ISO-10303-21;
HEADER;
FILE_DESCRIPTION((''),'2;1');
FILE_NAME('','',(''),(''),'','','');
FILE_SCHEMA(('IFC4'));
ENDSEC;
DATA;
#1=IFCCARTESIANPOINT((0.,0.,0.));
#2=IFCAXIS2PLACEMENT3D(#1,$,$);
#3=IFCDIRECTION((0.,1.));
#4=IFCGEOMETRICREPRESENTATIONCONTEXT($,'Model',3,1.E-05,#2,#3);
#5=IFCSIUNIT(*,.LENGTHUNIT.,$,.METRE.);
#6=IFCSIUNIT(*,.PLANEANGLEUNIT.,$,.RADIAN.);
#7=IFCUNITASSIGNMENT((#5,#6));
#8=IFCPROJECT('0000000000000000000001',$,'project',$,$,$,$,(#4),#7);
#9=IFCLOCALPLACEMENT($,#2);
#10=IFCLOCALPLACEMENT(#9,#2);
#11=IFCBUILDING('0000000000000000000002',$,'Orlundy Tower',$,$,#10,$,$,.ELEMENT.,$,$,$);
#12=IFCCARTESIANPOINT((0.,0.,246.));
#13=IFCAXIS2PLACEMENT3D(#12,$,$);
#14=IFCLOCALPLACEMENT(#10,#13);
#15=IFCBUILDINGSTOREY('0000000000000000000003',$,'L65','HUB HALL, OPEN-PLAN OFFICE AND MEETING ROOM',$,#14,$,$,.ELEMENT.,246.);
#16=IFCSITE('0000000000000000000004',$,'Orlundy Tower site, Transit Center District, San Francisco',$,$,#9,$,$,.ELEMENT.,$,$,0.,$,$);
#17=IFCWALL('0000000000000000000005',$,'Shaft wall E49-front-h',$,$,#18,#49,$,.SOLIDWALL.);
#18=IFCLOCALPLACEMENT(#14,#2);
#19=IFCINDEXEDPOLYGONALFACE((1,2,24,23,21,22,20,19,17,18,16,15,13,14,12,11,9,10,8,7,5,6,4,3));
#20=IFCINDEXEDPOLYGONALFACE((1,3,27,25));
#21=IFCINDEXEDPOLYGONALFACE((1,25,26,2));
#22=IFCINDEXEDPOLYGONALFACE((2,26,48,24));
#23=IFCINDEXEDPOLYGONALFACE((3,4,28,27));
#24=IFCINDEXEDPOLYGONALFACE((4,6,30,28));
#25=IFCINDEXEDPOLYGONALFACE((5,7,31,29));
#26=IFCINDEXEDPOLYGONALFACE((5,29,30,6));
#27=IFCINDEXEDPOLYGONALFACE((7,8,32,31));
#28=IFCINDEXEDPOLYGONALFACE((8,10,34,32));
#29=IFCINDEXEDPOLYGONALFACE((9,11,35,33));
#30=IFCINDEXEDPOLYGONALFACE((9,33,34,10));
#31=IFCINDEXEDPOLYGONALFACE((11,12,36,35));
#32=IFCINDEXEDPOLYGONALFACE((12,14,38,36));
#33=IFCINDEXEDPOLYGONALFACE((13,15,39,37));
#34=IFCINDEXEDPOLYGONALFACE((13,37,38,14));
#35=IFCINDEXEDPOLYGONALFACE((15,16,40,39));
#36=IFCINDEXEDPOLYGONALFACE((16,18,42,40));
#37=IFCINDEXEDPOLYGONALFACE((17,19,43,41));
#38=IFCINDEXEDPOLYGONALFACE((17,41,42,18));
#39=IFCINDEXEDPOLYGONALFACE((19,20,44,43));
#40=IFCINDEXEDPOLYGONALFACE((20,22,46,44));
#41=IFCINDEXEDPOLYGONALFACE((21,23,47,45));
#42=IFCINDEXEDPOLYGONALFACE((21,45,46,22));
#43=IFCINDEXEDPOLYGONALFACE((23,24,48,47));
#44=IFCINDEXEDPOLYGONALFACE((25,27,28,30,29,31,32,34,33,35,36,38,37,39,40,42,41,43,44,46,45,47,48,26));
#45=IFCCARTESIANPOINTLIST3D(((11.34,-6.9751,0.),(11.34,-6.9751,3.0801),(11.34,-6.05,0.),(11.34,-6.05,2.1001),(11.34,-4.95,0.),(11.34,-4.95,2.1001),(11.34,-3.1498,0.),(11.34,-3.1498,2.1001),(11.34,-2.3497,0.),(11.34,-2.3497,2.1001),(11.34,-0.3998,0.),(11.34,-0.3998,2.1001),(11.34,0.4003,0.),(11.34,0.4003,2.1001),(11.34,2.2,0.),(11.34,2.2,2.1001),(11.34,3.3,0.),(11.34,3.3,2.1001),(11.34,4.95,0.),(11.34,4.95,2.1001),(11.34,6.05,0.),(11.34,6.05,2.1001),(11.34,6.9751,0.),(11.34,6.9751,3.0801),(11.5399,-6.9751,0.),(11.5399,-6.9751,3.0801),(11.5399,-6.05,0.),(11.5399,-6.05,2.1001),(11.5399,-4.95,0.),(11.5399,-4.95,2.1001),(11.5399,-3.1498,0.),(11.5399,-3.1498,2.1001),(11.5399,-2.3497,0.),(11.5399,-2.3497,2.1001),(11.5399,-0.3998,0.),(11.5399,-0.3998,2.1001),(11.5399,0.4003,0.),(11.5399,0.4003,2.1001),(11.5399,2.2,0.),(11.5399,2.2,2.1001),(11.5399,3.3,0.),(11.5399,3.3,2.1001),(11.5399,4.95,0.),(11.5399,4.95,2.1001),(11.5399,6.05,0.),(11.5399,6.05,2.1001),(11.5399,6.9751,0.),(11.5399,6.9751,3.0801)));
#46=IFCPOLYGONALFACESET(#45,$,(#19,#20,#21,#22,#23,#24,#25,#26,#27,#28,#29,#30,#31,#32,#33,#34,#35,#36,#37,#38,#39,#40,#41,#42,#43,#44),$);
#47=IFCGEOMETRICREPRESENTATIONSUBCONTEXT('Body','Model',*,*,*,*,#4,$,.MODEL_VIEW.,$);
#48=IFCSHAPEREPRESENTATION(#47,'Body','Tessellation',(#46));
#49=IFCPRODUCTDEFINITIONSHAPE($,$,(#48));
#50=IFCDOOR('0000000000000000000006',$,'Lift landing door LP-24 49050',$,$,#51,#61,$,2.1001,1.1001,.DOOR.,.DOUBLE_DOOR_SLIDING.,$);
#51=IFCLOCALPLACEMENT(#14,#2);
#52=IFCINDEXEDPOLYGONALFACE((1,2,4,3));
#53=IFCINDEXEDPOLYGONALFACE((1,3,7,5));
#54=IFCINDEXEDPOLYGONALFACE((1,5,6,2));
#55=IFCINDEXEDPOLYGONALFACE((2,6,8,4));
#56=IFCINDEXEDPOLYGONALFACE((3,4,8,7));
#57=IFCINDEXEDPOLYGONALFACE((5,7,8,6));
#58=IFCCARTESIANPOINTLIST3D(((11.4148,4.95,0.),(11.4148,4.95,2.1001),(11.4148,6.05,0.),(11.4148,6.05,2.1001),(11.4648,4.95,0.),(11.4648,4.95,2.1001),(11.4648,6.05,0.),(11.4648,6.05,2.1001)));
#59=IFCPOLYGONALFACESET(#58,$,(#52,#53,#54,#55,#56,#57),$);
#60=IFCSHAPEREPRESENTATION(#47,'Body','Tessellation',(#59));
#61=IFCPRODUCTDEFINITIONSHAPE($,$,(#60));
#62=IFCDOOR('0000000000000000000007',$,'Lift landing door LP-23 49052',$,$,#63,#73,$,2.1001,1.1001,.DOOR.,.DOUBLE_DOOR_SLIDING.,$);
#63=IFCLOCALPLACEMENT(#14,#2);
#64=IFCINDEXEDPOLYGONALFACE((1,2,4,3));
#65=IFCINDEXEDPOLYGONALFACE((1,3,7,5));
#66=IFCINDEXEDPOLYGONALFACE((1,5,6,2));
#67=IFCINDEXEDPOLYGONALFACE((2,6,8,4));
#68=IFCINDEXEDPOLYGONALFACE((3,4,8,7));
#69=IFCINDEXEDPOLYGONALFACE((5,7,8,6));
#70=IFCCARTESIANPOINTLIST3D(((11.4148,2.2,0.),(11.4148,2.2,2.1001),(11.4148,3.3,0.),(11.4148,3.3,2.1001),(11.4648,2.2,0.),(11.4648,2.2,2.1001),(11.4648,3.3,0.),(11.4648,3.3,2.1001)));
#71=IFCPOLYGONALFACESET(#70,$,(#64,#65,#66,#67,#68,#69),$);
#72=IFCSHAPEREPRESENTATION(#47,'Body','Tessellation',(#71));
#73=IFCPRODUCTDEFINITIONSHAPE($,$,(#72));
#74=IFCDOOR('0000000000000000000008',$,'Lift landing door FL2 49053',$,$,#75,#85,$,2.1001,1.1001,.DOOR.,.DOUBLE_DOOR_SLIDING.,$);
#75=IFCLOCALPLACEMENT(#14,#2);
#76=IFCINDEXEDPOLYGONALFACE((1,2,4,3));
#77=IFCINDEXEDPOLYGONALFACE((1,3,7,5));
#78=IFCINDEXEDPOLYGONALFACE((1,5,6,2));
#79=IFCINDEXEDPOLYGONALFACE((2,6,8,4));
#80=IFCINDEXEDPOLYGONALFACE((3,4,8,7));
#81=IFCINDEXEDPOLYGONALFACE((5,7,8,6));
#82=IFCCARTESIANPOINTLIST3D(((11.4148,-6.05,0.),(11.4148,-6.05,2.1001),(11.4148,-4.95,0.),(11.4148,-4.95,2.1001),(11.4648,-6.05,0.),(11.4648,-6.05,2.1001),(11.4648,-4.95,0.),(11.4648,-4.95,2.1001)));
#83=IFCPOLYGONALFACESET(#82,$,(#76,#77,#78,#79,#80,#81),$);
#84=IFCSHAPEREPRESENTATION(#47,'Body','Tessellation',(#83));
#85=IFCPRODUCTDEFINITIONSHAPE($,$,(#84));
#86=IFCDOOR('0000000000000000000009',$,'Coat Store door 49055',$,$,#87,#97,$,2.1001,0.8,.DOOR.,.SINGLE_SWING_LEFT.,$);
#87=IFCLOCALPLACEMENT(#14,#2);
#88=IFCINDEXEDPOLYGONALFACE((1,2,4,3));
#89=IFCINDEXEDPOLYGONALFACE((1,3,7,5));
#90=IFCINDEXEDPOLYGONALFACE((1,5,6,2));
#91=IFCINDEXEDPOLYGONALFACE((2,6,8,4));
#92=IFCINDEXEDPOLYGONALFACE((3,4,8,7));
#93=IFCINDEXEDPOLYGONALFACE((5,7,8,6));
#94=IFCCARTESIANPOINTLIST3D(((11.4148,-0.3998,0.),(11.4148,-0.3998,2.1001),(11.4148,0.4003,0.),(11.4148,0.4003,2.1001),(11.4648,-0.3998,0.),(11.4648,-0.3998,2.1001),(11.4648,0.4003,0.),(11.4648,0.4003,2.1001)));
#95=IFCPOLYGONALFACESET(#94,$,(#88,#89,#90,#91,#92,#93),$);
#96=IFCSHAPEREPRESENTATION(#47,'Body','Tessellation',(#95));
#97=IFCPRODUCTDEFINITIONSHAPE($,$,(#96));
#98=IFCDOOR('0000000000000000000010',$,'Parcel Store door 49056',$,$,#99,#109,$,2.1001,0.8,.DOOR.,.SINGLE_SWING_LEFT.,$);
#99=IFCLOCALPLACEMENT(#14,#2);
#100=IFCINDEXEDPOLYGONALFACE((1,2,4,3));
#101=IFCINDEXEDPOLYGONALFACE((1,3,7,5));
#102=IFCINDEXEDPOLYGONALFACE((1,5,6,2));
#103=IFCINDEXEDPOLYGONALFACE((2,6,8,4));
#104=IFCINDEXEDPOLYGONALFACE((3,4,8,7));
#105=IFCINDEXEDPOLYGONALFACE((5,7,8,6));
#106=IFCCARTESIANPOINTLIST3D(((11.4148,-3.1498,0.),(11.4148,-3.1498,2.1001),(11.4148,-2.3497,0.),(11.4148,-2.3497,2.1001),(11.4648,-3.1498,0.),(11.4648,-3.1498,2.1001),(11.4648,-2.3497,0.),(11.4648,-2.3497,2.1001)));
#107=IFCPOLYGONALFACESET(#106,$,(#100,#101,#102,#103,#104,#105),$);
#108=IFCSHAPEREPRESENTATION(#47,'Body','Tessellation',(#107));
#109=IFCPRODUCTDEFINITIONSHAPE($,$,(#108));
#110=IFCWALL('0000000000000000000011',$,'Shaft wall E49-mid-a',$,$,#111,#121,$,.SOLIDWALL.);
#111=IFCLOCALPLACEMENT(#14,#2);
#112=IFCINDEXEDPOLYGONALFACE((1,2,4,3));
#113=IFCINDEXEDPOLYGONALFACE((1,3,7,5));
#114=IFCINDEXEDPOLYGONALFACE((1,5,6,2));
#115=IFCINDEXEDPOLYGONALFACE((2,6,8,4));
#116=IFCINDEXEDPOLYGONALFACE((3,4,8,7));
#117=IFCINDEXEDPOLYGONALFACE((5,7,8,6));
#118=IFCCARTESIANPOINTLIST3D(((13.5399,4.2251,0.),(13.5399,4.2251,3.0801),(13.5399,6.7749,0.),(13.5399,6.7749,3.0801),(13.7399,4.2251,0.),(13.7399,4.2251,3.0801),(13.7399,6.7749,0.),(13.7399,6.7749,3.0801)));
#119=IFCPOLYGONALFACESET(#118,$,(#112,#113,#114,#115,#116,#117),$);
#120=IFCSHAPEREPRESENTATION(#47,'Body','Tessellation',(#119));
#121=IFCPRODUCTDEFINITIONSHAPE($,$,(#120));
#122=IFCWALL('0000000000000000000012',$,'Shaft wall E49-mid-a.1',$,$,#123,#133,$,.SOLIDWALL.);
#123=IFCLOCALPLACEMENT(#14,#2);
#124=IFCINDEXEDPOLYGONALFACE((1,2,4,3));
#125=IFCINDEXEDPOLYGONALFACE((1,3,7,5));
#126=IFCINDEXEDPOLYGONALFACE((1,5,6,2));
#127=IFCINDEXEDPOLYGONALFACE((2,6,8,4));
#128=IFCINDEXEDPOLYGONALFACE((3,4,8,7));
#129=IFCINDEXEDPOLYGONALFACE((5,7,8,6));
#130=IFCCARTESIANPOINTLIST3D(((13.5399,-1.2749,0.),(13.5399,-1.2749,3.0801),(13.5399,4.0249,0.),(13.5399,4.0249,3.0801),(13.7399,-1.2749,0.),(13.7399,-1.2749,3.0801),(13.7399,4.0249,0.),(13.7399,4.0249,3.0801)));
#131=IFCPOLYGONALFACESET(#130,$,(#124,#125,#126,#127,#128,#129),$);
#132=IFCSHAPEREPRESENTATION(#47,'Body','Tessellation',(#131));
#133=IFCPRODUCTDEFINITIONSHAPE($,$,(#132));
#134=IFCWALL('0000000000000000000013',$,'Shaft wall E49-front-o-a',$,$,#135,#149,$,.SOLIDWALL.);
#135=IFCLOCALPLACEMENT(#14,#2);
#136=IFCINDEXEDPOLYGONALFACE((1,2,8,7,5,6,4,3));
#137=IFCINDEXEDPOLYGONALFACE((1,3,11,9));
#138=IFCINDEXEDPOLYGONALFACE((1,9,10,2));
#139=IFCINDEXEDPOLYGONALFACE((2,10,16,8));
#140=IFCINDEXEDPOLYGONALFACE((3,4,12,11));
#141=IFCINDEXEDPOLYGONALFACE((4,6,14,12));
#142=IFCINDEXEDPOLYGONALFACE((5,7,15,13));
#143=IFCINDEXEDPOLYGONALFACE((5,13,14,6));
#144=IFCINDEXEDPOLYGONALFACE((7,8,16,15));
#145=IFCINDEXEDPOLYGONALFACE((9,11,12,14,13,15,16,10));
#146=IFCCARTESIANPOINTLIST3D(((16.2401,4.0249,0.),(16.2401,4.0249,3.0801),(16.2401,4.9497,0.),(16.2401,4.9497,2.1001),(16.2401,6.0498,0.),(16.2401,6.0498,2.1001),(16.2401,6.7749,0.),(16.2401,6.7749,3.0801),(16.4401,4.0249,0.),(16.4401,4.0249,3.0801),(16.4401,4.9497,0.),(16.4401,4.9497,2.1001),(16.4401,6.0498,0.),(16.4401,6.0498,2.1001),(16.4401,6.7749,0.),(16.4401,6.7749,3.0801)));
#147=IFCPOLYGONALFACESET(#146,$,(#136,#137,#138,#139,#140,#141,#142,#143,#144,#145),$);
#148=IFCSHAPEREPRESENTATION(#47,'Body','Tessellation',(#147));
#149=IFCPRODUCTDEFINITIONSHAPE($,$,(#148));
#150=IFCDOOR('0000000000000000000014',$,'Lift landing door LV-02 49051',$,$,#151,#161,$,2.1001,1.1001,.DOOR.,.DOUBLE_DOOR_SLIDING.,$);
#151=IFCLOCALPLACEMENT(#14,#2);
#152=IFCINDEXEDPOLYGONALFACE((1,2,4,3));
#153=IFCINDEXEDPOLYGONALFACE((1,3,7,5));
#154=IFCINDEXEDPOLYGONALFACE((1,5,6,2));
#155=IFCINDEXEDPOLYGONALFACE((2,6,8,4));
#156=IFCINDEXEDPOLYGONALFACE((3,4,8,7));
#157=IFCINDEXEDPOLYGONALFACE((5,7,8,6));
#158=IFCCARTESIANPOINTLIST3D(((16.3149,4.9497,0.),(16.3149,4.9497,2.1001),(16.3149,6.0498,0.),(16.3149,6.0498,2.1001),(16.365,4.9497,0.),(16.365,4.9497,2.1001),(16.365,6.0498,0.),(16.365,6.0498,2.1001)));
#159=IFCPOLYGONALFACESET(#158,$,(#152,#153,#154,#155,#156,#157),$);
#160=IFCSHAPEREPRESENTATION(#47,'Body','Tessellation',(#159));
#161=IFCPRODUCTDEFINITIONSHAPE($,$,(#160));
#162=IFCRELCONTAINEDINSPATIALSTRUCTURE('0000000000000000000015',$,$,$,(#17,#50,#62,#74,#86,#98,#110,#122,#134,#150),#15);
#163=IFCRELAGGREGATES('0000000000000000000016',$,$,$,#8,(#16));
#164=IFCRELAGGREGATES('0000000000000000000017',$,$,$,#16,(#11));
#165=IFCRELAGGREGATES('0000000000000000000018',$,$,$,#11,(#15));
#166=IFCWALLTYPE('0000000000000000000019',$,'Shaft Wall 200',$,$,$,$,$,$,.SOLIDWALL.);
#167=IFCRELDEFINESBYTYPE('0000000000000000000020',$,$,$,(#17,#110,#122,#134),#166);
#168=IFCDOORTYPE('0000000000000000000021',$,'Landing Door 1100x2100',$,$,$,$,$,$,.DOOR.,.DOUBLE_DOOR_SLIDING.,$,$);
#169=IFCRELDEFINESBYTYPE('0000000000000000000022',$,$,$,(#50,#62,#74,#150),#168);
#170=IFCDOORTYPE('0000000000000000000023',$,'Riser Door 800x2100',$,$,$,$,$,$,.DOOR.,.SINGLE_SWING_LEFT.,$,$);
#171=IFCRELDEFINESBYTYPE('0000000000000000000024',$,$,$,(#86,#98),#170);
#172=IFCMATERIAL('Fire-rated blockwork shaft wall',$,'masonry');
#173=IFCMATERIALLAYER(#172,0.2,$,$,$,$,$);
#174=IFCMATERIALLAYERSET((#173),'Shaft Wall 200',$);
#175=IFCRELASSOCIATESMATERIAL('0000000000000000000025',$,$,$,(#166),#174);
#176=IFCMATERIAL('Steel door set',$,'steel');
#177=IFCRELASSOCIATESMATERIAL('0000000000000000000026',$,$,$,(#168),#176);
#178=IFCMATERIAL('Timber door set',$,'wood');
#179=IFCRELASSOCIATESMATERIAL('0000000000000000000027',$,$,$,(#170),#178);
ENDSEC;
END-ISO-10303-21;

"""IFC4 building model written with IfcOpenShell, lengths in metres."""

from ifc_helpers import new_model, si_unit, direction, frame, frame_2d, origin, place, context, subcontext, project, spatial, rectangle, extrude, material, layer, layer_set, type_object, element, fill, save


model = new_model("IFC4")

# Units and contexts
model_context = context("Model", 3, precision=1e-05, world=origin(), true_north=direction((0.0, 1.0)))
body_context = subcontext(model_context, "Body", "Model", "MODEL_VIEW")
ifc_project = project(units=[si_unit("LENGTHUNIT", "METRE"), si_unit("PLANEANGLEUNIT", "RADIAN")], contexts=[model_context])

# Site, building, storey
site_placement = place(None, origin())
site = spatial("IfcSite", under=ifc_project, at=site_placement, Name="Orlundy Tower site, Transit Center District, San Francisco", CompositionType="ELEMENT", RefElevation=0.0)
building_placement = place(site_placement, origin())
building = spatial("IfcBuilding", under=site, at=building_placement, Name="Orlundy Tower", CompositionType="ELEMENT")
storey_placement = place(building_placement, frame((0.0, 0.0, 246.0)))
storey = spatial("IfcBuildingStorey", under=building, at=storey_placement, Name="L65", Description="HUB HALL, OPEN-PLAN OFFICE AND MEETING ROOM", CompositionType="ELEMENT", Elevation=246.0)

# Shared definitions
ifc_material_1 = material(Name="Fire-rated blockwork shaft wall", Category="masonry")
ifc_layer_1 = layer(ifc_material_1, 0.2)
ifc_layer_set_1 = layer_set([ifc_layer_1], Name="Shaft Wall 200")
wall_type_1 = type_object("IfcWallType", Name="Shaft Wall 200", PredefinedType="SOLIDWALL", material=ifc_layer_set_1)

# Wall, openings, doors
wall_1_placement = place(storey_placement, frame((11.4399, 6.9751, 0.0), z_axis=(0.0, 0.0, 1.0), x_axis=(0.0, -1.0, 0.0)))
wall_1 = element("IfcWall", 1, at=wall_1_placement, inside=storey, type_object=wall_type_1, Name="Shaft wall E49-front-h", PredefinedType="SOLIDWALL", context=body_context, shape_type="SweptSolid", body=[
    extrude(rectangle(XDim=13.9502, YDim=0.2, at=frame_2d((6.9751, 0.0))), origin(), (0.0, 0.0, 1.0), 3.0801),
])
opening_1_placement = place(wall_1_placement, frame((0.925, 0.0, 0.0)))
opening_1 = element("IfcOpeningElement", 2, at=opening_1_placement, cuts=wall_1, PredefinedType="OPENING", context=body_context, shape_type="SweptSolid", body=[
    extrude(rectangle(XDim=1.1001, YDim=2.1001, at=frame_2d((0.55, 1.05))), frame((0.0, 0.1101, 0.0), z_axis=(0.0, -1.0, 0.0), x_axis=(1.0, 0.0, 0.0)), (0.0, 0.0, 1.0), 0.2202),
])
opening_2_placement = place(wall_1_placement, frame((3.675, 0.0, 0.0)))
opening_2 = element("IfcOpeningElement", 3, at=opening_2_placement, cuts=wall_1, PredefinedType="OPENING", context=body_context, shape_type="SweptSolid", body=[
    extrude(rectangle(XDim=1.1001, YDim=2.1001, at=frame_2d((0.55, 1.05))), frame((0.0, 0.1101, 0.0), z_axis=(0.0, -1.0, 0.0), x_axis=(1.0, 0.0, 0.0)), (0.0, 0.0, 1.0), 0.2202),
])
opening_3_placement = place(wall_1_placement, frame((11.925, 0.0, 0.0)))
opening_3 = element("IfcOpeningElement", 4, at=opening_3_placement, cuts=wall_1, PredefinedType="OPENING", context=body_context, shape_type="SweptSolid", body=[
    extrude(rectangle(XDim=1.1001, YDim=2.1001, at=frame_2d((0.55, 1.05))), frame((0.0, 0.1101, 0.0), z_axis=(0.0, -1.0, 0.0), x_axis=(1.0, 0.0, 0.0)), (0.0, 0.0, 1.0), 0.2202),
])
opening_4_placement = place(wall_1_placement, frame((6.575, 0.0, 0.0)))
opening_4 = element("IfcOpeningElement", 5, at=opening_4_placement, cuts=wall_1, PredefinedType="OPENING", context=body_context, shape_type="SweptSolid", body=[
    extrude(rectangle(XDim=0.8, YDim=2.1001, at=frame_2d((0.3999, 1.05))), frame((0.0, 0.1101, 0.0), z_axis=(0.0, -1.0, 0.0), x_axis=(1.0, 0.0, 0.0)), (0.0, 0.0, 1.0), 0.2202),
])
opening_5_placement = place(wall_1_placement, frame((9.325, 0.0, 0.0)))
opening_5 = element("IfcOpeningElement", 6, at=opening_5_placement, cuts=wall_1, PredefinedType="OPENING", context=body_context, shape_type="SweptSolid", body=[
    extrude(rectangle(XDim=0.8, YDim=2.1001, at=frame_2d((0.3999, 1.05))), frame((0.0, 0.1101, 0.0), z_axis=(0.0, -1.0, 0.0), x_axis=(1.0, 0.0, 0.0)), (0.0, 0.0, 1.0), 0.2202),
])
ifc_material_2 = material(Name="Steel door set", Category="steel")
door_type_1 = type_object("IfcDoorType", Name="Landing Door 1100x2100", OperationType="DOUBLE_DOOR_SLIDING", PredefinedType="DOOR", material=ifc_material_2)
door_1_placement = place(opening_1_placement, origin())
door_1 = element("IfcDoor", 7, at=door_1_placement, inside=storey, type_object=door_type_1, Name="Lift landing door LP-24 49050", OperationType="DOUBLE_DOOR_SLIDING", OverallHeight=2.1001, OverallWidth=1.1001, PredefinedType="DOOR", context=body_context, shape_type="SweptSolid", body=[
    extrude(rectangle(XDim=1.1001, YDim=2.1001, at=frame_2d((0.55, 1.05))), frame((0.0, 0.0249, 0.0), z_axis=(0.0, -1.0, 0.0), x_axis=(1.0, 0.0, 0.0)), (0.0, 0.0, 1.0), 0.05),
])
fill(opening_1, door_1)
door_2_placement = place(opening_2_placement, origin())
door_2 = element("IfcDoor", 8, at=door_2_placement, inside=storey, type_object=door_type_1, Name="Lift landing door LP-23 49052", OperationType="DOUBLE_DOOR_SLIDING", OverallHeight=2.1001, OverallWidth=1.1001, PredefinedType="DOOR", context=body_context, shape_type="SweptSolid", body=[
    extrude(rectangle(XDim=1.1001, YDim=2.1001, at=frame_2d((0.55, 1.05))), frame((0.0, 0.0249, 0.0), z_axis=(0.0, -1.0, 0.0), x_axis=(1.0, 0.0, 0.0)), (0.0, 0.0, 1.0), 0.05),
])
fill(opening_2, door_2)
door_3_placement = place(opening_3_placement, origin())
door_3 = element("IfcDoor", 9, at=door_3_placement, inside=storey, type_object=door_type_1, Name="Lift landing door FL2 49053", OperationType="DOUBLE_DOOR_SLIDING", OverallHeight=2.1001, OverallWidth=1.1001, PredefinedType="DOOR", context=body_context, shape_type="SweptSolid", body=[
    extrude(rectangle(XDim=1.1001, YDim=2.1001, at=frame_2d((0.55, 1.05))), frame((0.0, 0.0249, 0.0), z_axis=(0.0, -1.0, 0.0), x_axis=(1.0, 0.0, 0.0)), (0.0, 0.0, 1.0), 0.05),
])
fill(opening_3, door_3)
ifc_material_3 = material(Name="Timber door set", Category="wood")
door_type_2 = type_object("IfcDoorType", Name="Riser Door 800x2100", OperationType="SINGLE_SWING_LEFT", PredefinedType="DOOR", material=ifc_material_3)
door_4_placement = place(opening_4_placement, origin())
door_4 = element("IfcDoor", 10, at=door_4_placement, inside=storey, type_object=door_type_2, Name="Coat Store door 49055", OperationType="SINGLE_SWING_LEFT", OverallHeight=2.1001, OverallWidth=0.8, PredefinedType="DOOR", context=body_context, shape_type="SweptSolid", body=[
    extrude(rectangle(XDim=0.8, YDim=2.1001, at=frame_2d((0.3999, 1.05))), frame((0.0, 0.0249, 0.0), z_axis=(0.0, -1.0, 0.0), x_axis=(1.0, 0.0, 0.0)), (0.0, 0.0, 1.0), 0.05),
])
fill(opening_4, door_4)
door_5_placement = place(opening_5_placement, origin())
door_5 = element("IfcDoor", 11, at=door_5_placement, inside=storey, type_object=door_type_2, Name="Parcel Store door 49056", OperationType="SINGLE_SWING_LEFT", OverallHeight=2.1001, OverallWidth=0.8, PredefinedType="DOOR", context=body_context, shape_type="SweptSolid", body=[
    extrude(rectangle(XDim=0.8, YDim=2.1001, at=frame_2d((0.3999, 1.05))), frame((0.0, 0.0249, 0.0), z_axis=(0.0, -1.0, 0.0), x_axis=(1.0, 0.0, 0.0)), (0.0, 0.0, 1.0), 0.05),
])
fill(opening_5, door_5)

# Walls
wall_2_placement = place(storey_placement, frame((13.6399, 6.7749, 0.0), z_axis=(0.0, 0.0, 1.0), x_axis=(0.0, -1.0, 0.0)))
element("IfcWall", 12, at=wall_2_placement, inside=storey, type_object=wall_type_1, Name="Shaft wall E49-mid-a", PredefinedType="SOLIDWALL", context=body_context, shape_type="SweptSolid", body=[
    extrude(rectangle(XDim=2.5498, YDim=0.2, at=frame_2d((1.2749, 0.0))), origin(), (0.0, 0.0, 1.0), 3.0801),
])
wall_3_placement = place(storey_placement, frame((13.6399, 4.0249, 0.0), z_axis=(0.0, 0.0, 1.0), x_axis=(0.0, -1.0, 0.0)))
element("IfcWall", 13, at=wall_3_placement, inside=storey, type_object=wall_type_1, Name="Shaft wall E49-mid-a.1", PredefinedType="SOLIDWALL", context=body_context, shape_type="SweptSolid", body=[
    extrude(rectangle(XDim=5.2998, YDim=0.2, at=frame_2d((2.6499, 0.0))), origin(), (0.0, 0.0, 1.0), 3.0801),
])

# Wall, opening, door
wall_4_placement = place(storey_placement, frame((16.3401, 6.7749, 0.0), z_axis=(0.0, 0.0, 1.0), x_axis=(0.0, -1.0, 0.0)))
wall_4 = element("IfcWall", 14, at=wall_4_placement, inside=storey, type_object=wall_type_1, Name="Shaft wall E49-front-o-a", PredefinedType="SOLIDWALL", context=body_context, shape_type="SweptSolid", body=[
    extrude(rectangle(XDim=2.75, YDim=0.2, at=frame_2d((1.375, 0.0))), origin(), (0.0, 0.0, 1.0), 3.0801),
])
opening_6_placement = place(wall_4_placement, frame((0.7251, 0.0, 0.0)))
opening_6 = element("IfcOpeningElement", 15, at=opening_6_placement, cuts=wall_4, PredefinedType="OPENING", context=body_context, shape_type="SweptSolid", body=[
    extrude(rectangle(XDim=1.1001, YDim=2.1001, at=frame_2d((0.55, 1.05))), frame((0.0, 0.1101, 0.0), z_axis=(0.0, -1.0, 0.0), x_axis=(1.0, 0.0, 0.0)), (0.0, 0.0, 1.0), 0.2202),
])
door_6_placement = place(opening_6_placement, origin())
door_6 = element("IfcDoor", 16, at=door_6_placement, inside=storey, type_object=door_type_1, Name="Lift landing door LV-02 49051", OperationType="DOUBLE_DOOR_SLIDING", OverallHeight=2.1001, OverallWidth=1.1001, PredefinedType="DOOR", context=body_context, shape_type="SweptSolid", body=[
    extrude(rectangle(XDim=1.1001, YDim=2.1001, at=frame_2d((0.55, 1.05))), frame((0.0, 0.0249, 0.0), z_axis=(0.0, -1.0, 0.0), x_axis=(1.0, 0.0, 0.0)), (0.0, 0.0, 1.0), 0.05),
])
fill(opening_6, door_6)

save(model, "model.ifc")
